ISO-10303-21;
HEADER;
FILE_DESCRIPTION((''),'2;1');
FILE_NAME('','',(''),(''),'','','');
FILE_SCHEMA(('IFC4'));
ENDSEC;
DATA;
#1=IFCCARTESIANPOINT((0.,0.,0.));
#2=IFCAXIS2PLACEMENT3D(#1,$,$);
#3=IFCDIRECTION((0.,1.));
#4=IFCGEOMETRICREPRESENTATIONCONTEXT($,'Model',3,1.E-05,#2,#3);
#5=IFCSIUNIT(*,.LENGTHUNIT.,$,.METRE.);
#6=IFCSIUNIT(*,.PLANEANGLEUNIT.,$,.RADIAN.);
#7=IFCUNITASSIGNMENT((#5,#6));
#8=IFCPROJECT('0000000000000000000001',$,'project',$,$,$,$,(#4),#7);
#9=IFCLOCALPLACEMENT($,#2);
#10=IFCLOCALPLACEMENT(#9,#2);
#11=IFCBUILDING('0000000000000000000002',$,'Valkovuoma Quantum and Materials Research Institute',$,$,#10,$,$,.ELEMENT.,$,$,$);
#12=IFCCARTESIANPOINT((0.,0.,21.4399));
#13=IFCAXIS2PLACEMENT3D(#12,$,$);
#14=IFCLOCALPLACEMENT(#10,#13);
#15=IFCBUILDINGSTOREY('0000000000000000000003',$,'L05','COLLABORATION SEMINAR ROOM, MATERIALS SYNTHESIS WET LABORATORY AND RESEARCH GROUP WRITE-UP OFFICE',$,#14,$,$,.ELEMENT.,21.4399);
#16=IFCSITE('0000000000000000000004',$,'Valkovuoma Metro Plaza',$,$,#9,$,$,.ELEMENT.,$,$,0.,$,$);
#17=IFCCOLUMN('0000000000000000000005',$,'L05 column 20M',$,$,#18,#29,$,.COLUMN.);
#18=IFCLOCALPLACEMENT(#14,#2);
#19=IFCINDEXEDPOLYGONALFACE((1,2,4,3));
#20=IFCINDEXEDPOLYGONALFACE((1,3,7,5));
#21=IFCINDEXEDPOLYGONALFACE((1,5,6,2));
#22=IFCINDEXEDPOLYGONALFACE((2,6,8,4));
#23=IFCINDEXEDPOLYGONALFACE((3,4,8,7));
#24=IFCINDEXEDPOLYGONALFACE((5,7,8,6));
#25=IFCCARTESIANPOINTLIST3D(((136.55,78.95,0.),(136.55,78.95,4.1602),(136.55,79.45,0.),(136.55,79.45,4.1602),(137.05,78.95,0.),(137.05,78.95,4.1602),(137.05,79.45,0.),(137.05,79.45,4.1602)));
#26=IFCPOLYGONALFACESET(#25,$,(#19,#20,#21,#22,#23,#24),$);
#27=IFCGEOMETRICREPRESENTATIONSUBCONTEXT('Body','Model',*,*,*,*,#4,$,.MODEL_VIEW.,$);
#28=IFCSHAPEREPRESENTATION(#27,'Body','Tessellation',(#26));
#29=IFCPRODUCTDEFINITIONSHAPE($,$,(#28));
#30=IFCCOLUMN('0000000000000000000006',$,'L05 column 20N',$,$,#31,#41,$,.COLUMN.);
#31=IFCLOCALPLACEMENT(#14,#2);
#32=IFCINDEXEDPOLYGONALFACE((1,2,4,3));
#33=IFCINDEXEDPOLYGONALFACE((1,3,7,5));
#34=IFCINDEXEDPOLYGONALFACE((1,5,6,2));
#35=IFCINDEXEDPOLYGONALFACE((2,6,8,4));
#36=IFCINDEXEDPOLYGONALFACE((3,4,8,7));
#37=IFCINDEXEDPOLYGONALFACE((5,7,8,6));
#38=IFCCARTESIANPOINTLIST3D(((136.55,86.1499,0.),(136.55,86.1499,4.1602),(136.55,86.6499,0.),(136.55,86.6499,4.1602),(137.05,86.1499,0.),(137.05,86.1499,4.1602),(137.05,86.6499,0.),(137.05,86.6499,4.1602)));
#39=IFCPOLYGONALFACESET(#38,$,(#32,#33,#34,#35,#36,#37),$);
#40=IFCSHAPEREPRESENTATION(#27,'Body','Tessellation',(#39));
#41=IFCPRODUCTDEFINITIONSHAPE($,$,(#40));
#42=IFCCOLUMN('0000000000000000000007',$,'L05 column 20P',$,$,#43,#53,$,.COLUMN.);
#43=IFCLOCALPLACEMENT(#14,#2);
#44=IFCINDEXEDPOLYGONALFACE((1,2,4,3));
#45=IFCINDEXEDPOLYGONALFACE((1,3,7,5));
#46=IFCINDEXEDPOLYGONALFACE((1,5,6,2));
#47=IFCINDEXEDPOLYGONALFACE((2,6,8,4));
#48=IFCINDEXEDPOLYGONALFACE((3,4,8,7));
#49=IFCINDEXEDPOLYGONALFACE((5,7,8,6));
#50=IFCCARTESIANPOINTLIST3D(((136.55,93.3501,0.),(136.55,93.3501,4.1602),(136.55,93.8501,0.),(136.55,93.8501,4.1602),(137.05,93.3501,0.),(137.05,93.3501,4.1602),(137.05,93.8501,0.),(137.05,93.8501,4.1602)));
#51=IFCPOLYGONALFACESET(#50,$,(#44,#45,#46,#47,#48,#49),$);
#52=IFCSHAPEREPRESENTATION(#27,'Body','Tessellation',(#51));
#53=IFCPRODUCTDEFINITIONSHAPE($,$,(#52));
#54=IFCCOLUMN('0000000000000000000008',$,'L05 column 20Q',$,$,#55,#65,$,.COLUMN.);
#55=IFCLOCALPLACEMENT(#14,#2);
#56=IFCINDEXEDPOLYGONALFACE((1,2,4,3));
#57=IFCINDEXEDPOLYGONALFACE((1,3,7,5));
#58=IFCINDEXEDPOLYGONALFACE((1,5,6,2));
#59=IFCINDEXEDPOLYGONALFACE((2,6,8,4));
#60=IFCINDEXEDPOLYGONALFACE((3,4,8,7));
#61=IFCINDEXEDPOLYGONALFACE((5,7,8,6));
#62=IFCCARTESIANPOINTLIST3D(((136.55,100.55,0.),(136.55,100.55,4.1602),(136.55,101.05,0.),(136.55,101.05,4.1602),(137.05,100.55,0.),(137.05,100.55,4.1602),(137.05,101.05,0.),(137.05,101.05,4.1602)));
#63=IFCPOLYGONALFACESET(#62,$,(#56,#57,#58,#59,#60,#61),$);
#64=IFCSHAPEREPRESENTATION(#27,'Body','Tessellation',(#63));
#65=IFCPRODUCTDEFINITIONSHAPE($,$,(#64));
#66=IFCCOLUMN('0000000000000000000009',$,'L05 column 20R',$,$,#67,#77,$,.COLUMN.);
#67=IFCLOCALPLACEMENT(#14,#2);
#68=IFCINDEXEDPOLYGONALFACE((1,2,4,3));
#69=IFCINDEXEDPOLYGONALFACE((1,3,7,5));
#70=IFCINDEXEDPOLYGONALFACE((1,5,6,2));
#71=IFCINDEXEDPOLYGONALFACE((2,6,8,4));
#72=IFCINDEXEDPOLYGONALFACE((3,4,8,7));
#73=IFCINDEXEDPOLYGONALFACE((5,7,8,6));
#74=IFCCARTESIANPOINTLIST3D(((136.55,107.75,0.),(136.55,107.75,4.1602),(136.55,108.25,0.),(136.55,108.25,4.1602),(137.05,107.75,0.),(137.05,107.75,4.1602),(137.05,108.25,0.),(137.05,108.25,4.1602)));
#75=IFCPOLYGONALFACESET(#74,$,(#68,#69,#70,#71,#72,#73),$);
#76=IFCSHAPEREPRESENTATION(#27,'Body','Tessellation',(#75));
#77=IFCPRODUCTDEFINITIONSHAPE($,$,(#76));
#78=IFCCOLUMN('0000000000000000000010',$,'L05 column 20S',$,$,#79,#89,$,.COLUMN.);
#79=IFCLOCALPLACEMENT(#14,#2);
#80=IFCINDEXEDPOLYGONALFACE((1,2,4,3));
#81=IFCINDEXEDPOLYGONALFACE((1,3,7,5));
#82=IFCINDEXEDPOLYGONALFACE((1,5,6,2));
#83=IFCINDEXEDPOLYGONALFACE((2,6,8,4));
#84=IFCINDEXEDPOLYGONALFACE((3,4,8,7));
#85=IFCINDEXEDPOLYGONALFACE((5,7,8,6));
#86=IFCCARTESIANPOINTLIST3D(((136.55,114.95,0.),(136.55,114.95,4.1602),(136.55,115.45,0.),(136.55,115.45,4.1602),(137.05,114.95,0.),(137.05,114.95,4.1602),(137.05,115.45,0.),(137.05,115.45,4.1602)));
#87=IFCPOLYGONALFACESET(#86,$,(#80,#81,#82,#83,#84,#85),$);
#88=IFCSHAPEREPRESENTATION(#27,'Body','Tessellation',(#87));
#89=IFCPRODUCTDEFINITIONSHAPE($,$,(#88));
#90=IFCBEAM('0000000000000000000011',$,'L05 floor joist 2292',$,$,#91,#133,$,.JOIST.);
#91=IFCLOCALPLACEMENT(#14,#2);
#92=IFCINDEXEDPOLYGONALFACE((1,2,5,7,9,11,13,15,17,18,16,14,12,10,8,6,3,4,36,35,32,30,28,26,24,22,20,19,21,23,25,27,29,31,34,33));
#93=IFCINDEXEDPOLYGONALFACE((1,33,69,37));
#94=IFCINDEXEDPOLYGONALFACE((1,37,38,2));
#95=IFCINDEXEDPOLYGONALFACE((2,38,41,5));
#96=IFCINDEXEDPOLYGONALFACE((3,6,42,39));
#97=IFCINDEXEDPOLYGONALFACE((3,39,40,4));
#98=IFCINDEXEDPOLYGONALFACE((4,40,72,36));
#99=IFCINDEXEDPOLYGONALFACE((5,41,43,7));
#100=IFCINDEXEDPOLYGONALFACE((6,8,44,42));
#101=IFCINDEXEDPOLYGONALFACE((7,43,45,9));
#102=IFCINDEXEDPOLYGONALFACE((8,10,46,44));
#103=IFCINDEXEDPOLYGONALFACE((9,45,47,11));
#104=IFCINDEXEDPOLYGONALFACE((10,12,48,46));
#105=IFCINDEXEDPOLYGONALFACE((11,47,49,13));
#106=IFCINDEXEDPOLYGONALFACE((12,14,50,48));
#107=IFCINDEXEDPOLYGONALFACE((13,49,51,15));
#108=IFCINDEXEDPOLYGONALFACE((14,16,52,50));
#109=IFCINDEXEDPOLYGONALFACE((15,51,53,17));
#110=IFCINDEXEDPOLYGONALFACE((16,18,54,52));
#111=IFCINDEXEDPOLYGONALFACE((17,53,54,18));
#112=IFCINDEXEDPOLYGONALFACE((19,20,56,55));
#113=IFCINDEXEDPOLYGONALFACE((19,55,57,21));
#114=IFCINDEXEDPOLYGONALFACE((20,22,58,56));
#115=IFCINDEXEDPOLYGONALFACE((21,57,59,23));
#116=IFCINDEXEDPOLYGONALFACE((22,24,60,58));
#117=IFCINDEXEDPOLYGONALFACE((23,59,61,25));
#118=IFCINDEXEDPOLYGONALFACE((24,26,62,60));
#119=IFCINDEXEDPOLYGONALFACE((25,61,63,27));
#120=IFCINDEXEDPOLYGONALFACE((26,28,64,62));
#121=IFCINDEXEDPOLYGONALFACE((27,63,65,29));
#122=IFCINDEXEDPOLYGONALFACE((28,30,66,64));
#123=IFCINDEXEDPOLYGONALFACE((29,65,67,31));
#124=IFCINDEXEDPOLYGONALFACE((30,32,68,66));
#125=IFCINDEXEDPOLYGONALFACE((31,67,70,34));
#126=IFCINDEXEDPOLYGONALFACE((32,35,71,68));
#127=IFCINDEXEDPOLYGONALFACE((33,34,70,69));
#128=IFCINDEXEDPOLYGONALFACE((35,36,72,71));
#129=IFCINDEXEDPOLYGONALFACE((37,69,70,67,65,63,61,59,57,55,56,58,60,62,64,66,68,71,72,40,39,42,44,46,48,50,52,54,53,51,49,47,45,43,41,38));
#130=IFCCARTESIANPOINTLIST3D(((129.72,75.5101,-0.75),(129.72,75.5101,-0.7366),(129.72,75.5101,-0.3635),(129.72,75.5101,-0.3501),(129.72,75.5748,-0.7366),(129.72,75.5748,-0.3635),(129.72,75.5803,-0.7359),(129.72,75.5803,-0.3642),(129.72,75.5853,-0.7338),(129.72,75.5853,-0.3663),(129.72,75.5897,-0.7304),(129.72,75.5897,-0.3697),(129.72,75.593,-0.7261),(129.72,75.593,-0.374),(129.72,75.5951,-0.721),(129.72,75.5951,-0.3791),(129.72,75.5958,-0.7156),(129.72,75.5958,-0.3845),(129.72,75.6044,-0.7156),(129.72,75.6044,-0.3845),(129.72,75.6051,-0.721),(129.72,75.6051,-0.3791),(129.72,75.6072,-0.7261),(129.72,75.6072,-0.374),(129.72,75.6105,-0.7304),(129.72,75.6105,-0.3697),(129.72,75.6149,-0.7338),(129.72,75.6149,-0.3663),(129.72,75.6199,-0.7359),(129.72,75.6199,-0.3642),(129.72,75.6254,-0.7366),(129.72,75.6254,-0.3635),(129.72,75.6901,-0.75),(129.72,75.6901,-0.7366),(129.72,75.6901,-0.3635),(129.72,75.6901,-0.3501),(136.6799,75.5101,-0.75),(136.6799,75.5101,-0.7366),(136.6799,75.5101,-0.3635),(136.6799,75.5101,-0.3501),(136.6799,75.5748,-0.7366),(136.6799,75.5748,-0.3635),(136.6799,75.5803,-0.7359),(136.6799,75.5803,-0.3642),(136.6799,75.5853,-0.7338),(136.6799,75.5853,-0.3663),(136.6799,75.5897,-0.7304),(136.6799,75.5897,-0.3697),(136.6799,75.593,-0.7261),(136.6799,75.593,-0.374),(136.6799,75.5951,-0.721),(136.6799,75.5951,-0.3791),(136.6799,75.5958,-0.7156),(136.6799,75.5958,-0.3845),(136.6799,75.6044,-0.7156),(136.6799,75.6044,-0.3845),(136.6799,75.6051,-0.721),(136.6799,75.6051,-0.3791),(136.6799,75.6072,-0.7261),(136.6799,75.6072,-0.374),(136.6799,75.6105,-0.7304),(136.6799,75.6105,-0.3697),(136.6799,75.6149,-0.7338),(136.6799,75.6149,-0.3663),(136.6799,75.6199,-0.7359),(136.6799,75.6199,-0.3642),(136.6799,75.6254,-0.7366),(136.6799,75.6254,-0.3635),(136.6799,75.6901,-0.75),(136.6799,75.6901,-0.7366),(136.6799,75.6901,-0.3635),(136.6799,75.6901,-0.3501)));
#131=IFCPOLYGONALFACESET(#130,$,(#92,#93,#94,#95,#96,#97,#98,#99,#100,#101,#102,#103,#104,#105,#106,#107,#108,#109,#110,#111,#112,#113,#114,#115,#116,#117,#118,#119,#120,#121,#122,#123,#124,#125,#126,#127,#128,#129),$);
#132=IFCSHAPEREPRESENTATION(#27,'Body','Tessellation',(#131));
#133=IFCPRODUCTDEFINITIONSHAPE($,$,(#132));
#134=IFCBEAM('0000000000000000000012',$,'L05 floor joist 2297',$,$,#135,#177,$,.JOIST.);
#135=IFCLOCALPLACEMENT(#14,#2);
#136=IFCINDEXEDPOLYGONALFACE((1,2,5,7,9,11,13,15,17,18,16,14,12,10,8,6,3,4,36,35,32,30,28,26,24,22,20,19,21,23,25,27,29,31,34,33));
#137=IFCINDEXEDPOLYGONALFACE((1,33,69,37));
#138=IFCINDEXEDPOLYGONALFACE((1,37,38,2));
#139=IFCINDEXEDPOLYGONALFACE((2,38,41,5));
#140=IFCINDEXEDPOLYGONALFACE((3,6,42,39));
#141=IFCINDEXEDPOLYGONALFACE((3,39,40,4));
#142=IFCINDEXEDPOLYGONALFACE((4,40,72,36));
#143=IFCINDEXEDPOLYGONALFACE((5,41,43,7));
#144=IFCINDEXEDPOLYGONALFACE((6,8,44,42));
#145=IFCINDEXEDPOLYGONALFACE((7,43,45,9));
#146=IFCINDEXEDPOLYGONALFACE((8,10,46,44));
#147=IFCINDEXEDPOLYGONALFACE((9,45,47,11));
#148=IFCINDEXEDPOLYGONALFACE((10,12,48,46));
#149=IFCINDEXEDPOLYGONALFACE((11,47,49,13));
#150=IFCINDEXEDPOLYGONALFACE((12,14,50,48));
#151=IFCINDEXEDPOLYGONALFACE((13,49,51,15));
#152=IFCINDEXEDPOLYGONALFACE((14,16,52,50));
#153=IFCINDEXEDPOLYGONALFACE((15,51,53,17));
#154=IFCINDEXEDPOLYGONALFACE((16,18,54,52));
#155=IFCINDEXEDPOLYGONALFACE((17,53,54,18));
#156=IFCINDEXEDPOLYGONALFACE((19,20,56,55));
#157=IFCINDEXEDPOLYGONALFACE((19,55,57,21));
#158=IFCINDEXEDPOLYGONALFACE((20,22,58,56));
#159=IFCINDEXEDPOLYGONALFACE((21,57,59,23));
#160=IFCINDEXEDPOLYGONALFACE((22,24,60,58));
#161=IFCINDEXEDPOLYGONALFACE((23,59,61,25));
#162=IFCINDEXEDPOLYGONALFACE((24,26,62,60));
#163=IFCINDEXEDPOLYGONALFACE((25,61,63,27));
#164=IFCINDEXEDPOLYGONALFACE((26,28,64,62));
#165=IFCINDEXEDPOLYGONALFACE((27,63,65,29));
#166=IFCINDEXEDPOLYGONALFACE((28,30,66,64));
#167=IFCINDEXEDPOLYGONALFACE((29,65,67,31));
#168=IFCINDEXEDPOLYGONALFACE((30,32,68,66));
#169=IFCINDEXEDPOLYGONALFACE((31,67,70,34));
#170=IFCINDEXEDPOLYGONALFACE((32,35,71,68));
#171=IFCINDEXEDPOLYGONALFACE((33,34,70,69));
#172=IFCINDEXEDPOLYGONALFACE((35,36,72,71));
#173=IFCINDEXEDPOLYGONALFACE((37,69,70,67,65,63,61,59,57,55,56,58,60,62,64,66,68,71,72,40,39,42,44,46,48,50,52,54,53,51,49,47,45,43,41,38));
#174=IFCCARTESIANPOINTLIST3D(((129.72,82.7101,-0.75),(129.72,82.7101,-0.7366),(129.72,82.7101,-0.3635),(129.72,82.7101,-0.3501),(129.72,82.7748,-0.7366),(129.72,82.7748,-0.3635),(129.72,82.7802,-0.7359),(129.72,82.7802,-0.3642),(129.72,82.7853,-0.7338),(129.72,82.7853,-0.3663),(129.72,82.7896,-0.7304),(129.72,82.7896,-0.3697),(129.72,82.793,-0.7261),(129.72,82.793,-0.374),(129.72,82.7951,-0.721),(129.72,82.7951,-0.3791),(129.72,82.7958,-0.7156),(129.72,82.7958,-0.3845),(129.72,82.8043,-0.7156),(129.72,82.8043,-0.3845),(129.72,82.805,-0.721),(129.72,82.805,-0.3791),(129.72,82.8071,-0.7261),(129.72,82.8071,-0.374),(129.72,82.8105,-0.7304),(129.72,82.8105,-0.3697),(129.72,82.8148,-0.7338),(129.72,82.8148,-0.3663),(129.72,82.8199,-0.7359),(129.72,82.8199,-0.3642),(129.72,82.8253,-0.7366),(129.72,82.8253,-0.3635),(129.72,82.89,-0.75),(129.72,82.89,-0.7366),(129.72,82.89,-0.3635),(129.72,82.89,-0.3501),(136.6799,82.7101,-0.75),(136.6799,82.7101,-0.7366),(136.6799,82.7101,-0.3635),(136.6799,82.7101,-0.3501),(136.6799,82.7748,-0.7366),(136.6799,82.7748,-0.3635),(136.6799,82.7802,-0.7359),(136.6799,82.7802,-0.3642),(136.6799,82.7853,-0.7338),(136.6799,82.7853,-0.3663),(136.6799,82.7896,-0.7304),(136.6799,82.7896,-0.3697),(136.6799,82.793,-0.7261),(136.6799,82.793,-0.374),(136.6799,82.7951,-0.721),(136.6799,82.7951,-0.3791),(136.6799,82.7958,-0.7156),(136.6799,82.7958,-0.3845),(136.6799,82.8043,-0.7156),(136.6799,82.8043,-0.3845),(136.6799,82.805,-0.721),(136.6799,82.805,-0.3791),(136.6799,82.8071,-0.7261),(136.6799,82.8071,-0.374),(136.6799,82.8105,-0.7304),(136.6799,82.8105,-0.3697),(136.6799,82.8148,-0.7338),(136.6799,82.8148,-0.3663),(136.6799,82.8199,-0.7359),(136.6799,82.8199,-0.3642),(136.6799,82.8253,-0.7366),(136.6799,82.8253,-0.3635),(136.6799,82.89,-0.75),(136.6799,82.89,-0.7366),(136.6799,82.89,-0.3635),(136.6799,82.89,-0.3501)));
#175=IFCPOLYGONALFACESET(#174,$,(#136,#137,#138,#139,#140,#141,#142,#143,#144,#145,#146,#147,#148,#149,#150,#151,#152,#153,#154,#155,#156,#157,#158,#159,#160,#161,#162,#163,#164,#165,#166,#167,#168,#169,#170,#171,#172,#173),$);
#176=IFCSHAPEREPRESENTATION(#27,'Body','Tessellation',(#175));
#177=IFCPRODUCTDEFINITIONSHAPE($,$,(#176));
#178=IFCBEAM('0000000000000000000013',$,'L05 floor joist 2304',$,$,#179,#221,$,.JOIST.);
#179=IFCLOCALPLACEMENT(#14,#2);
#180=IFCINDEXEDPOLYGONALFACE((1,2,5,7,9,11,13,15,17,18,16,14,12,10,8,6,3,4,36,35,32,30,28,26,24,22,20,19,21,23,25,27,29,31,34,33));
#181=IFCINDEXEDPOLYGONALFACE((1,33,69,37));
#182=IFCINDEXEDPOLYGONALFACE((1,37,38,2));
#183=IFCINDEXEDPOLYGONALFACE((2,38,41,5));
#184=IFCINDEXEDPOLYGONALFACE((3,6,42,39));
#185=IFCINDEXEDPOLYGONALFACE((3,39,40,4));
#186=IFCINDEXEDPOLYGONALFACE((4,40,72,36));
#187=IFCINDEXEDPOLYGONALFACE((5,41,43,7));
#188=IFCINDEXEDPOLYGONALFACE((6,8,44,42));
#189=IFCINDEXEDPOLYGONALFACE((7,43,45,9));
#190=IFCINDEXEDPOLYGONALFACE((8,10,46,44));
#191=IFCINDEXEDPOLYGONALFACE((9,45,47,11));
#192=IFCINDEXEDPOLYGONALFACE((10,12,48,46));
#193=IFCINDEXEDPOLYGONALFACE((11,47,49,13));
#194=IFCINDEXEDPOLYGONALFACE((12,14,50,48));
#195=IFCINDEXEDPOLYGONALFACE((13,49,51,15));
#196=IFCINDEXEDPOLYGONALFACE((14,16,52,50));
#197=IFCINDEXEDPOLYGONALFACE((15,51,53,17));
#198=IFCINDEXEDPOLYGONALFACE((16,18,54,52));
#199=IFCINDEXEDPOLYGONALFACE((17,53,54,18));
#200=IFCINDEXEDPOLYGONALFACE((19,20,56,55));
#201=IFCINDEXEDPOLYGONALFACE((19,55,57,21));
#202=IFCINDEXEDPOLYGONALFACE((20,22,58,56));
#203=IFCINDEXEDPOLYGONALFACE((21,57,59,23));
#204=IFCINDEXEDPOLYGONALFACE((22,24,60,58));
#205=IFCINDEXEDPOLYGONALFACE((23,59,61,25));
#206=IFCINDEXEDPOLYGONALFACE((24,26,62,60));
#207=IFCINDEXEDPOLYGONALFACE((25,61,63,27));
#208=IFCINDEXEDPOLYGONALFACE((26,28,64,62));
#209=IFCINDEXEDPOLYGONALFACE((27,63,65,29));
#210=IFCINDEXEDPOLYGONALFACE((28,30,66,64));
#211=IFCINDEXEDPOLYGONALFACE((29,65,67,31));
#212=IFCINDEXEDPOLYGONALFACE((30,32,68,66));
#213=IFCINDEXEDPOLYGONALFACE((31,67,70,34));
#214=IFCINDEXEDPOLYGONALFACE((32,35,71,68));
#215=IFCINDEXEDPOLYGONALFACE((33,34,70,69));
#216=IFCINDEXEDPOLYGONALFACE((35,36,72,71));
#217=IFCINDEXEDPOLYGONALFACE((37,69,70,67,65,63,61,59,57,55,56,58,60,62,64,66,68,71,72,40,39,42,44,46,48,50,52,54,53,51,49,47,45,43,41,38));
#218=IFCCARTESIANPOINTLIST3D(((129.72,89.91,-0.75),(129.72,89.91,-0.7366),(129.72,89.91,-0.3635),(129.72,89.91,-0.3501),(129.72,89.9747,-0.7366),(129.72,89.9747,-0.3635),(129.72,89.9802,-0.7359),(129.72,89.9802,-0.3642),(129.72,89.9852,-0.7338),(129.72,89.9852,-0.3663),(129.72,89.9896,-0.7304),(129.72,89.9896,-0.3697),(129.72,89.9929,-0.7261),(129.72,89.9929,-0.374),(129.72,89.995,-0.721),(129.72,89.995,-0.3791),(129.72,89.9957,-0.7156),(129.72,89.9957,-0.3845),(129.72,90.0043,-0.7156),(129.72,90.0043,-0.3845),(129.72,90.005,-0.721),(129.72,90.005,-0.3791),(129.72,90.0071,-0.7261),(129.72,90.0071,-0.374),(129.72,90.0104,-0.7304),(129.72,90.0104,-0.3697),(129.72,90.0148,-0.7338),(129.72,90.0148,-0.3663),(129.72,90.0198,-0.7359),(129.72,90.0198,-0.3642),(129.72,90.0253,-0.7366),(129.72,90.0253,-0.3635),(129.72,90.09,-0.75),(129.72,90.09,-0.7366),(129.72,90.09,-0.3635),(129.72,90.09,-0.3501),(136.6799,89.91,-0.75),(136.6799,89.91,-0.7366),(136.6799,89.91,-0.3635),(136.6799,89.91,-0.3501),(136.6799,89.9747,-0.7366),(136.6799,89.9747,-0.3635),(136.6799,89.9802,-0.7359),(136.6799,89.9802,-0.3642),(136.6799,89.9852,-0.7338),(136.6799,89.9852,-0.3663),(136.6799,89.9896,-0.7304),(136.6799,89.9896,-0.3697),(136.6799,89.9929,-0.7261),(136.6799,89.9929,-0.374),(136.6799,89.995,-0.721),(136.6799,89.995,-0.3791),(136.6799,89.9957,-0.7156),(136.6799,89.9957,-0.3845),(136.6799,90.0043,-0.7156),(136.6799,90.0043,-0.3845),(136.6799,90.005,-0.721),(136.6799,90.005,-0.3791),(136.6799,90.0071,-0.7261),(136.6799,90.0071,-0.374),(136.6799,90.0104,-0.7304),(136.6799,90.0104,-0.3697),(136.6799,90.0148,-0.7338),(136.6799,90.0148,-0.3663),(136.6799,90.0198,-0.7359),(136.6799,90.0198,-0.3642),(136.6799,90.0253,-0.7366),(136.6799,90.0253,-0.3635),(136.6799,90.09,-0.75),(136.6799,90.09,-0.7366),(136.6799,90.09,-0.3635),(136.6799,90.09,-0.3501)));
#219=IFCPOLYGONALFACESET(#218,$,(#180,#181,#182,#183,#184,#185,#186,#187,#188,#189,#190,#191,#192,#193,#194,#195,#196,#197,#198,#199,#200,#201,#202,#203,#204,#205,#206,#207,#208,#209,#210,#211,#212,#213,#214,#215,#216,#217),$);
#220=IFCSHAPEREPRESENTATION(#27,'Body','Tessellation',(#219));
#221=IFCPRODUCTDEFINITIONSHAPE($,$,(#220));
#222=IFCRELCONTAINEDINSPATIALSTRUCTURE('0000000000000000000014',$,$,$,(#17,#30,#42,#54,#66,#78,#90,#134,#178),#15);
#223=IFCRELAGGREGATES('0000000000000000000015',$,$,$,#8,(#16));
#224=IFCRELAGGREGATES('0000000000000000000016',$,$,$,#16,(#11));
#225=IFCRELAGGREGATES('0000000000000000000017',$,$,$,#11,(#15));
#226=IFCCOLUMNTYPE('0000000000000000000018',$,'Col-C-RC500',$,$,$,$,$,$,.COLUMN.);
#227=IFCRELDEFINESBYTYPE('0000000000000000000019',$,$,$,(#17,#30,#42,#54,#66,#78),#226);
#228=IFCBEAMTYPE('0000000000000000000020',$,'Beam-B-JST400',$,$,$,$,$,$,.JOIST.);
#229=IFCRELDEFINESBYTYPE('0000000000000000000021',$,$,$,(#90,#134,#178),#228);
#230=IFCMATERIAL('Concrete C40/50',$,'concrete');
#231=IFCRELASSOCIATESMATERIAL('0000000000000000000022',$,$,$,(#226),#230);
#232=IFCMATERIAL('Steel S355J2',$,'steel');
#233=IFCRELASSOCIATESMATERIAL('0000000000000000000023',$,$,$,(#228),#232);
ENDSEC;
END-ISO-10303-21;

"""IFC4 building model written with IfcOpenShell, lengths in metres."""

from ifc_helpers import new_model, si_unit, direction, frame, origin, origin_2d, place, context, subcontext, project, spatial, rectangle, i_section, extrude, material, material_profile, profile_set, type_object, element, save


model = new_model("IFC4")

# Units and contexts
model_context = context("Model", 3, precision=1e-05, world=origin(), true_north=direction((0.0, 1.0)))
body_context = subcontext(model_context, "Body", "Model", "MODEL_VIEW")
ifc_project = project(units=[si_unit("LENGTHUNIT", "METRE"), si_unit("PLANEANGLEUNIT", "RADIAN")], contexts=[model_context])

# Site, building, storey
site_placement = place(None, origin())
site = spatial("IfcSite", under=ifc_project, at=site_placement, Name="Valkovuoma Metro Plaza", CompositionType="ELEMENT", RefElevation=0.0)
building_placement = place(site_placement, origin())
building = spatial("IfcBuilding", under=site, at=building_placement, Name="Valkovuoma Quantum and Materials Research Institute", CompositionType="ELEMENT")
storey_placement = place(building_placement, frame((0.0, 0.0, 21.4399)))
storey = spatial("IfcBuildingStorey", under=building, at=storey_placement, Name="L05", Description="COLLABORATION SEMINAR ROOM, MATERIALS SYNTHESIS WET LABORATORY AND RESEARCH GROUP WRITE-UP OFFICE", CompositionType="ELEMENT", Elevation=21.4399)

# Columns
ifc_material_1 = material(Name="Concrete C40/50", Category="concrete")
ifc_material_profile_1 = material_profile(ifc_material_1, rectangle(XDim=0.5, YDim=0.5, at=origin_2d()), Name="Concrete C40/50")
ifc_profile_set_1 = profile_set([ifc_material_profile_1], Name="Concrete C40/50")
column_type = type_object("IfcColumnType", Name="Col-C-RC500", PredefinedType="COLUMN", material=ifc_profile_set_1)
for number, where, z_axis, x_axis, name in (
    (1, (136.8, 79.2, 0.0), (0.0, 0.0, 1.0), (1.0, 0.0, 0.0), "L05 column 20M"),
    (2, (136.8, 86.3999, 0.0), (0.0, 0.0, 1.0), (1.0, 0.0, 0.0), "L05 column 20N"),
    (3, (136.8, 93.6001, 0.0), (0.0, 0.0, 1.0), (1.0, 0.0, 0.0), "L05 column 20P"),
    (4, (136.8, 100.8, 0.0), (0.0, 0.0, 1.0), (1.0, 0.0, 0.0), "L05 column 20Q"),
    (5, (136.8, 108.0, 0.0), (0.0, 0.0, 1.0), (1.0, 0.0, 0.0), "L05 column 20R"),
    (6, (136.8, 115.2, 0.0), (0.0, 0.0, 1.0), (1.0, 0.0, 0.0), "L05 column 20S"),
):
    element("IfcColumn", number, at=place(storey_placement, frame(where, z_axis=z_axis, x_axis=x_axis)), inside=storey, type_object=column_type, Name=name, PredefinedType="COLUMN", context=body_context, shape_type="SweptSolid", body=[
        extrude(rectangle(XDim=0.5, YDim=0.5, at=origin_2d()), origin(), (0.0, 0.0, 1.0), 4.1602),
    ])

# Beams
ifc_material_2 = material(Name="Steel S355J2", Category="steel")
ifc_material_profile_2 = material_profile(ifc_material_2, i_section(OverallWidth=0.1799, OverallDepth=0.3999, WebThickness=0.0085, FlangeThickness=0.0134, FilletRadius=0.021, at=origin_2d()), Name="Steel S355J2")
ifc_profile_set_2 = profile_set([ifc_material_profile_2], Name="Steel S355J2")
beam_type_1 = type_object("IfcBeamType", Name="Beam-B-JST400", PredefinedType="JOIST", material=ifc_profile_set_2)
for number, where, z_axis, x_axis, name in (
    (7, (129.72, 75.6001, -0.55), (1.0, 0.0, 0.0), (0.0, 1.0, 0.0), "L05 floor joist 2292"),
    (8, (129.72, 82.8, -0.55), (1.0, 0.0, 0.0), (0.0, 1.0, 0.0), "L05 floor joist 2297"),
    (9, (129.72, 90.0, -0.55), (1.0, 0.0, 0.0), (0.0, 1.0, 0.0), "L05 floor joist 2304"),
):
    element("IfcBeam", number, at=place(storey_placement, frame(where, z_axis=z_axis, x_axis=x_axis)), inside=storey, type_object=beam_type_1, Name=name, PredefinedType="JOIST", context=body_context, shape_type="SweptSolid", body=[
        extrude(i_section(OverallWidth=0.1799, OverallDepth=0.3999, WebThickness=0.0085, FlangeThickness=0.0134, FilletRadius=0.021, at=origin_2d()), origin(), (0.0, 0.0, 1.0), 6.96),
    ])

save(model, "model.ifc")
